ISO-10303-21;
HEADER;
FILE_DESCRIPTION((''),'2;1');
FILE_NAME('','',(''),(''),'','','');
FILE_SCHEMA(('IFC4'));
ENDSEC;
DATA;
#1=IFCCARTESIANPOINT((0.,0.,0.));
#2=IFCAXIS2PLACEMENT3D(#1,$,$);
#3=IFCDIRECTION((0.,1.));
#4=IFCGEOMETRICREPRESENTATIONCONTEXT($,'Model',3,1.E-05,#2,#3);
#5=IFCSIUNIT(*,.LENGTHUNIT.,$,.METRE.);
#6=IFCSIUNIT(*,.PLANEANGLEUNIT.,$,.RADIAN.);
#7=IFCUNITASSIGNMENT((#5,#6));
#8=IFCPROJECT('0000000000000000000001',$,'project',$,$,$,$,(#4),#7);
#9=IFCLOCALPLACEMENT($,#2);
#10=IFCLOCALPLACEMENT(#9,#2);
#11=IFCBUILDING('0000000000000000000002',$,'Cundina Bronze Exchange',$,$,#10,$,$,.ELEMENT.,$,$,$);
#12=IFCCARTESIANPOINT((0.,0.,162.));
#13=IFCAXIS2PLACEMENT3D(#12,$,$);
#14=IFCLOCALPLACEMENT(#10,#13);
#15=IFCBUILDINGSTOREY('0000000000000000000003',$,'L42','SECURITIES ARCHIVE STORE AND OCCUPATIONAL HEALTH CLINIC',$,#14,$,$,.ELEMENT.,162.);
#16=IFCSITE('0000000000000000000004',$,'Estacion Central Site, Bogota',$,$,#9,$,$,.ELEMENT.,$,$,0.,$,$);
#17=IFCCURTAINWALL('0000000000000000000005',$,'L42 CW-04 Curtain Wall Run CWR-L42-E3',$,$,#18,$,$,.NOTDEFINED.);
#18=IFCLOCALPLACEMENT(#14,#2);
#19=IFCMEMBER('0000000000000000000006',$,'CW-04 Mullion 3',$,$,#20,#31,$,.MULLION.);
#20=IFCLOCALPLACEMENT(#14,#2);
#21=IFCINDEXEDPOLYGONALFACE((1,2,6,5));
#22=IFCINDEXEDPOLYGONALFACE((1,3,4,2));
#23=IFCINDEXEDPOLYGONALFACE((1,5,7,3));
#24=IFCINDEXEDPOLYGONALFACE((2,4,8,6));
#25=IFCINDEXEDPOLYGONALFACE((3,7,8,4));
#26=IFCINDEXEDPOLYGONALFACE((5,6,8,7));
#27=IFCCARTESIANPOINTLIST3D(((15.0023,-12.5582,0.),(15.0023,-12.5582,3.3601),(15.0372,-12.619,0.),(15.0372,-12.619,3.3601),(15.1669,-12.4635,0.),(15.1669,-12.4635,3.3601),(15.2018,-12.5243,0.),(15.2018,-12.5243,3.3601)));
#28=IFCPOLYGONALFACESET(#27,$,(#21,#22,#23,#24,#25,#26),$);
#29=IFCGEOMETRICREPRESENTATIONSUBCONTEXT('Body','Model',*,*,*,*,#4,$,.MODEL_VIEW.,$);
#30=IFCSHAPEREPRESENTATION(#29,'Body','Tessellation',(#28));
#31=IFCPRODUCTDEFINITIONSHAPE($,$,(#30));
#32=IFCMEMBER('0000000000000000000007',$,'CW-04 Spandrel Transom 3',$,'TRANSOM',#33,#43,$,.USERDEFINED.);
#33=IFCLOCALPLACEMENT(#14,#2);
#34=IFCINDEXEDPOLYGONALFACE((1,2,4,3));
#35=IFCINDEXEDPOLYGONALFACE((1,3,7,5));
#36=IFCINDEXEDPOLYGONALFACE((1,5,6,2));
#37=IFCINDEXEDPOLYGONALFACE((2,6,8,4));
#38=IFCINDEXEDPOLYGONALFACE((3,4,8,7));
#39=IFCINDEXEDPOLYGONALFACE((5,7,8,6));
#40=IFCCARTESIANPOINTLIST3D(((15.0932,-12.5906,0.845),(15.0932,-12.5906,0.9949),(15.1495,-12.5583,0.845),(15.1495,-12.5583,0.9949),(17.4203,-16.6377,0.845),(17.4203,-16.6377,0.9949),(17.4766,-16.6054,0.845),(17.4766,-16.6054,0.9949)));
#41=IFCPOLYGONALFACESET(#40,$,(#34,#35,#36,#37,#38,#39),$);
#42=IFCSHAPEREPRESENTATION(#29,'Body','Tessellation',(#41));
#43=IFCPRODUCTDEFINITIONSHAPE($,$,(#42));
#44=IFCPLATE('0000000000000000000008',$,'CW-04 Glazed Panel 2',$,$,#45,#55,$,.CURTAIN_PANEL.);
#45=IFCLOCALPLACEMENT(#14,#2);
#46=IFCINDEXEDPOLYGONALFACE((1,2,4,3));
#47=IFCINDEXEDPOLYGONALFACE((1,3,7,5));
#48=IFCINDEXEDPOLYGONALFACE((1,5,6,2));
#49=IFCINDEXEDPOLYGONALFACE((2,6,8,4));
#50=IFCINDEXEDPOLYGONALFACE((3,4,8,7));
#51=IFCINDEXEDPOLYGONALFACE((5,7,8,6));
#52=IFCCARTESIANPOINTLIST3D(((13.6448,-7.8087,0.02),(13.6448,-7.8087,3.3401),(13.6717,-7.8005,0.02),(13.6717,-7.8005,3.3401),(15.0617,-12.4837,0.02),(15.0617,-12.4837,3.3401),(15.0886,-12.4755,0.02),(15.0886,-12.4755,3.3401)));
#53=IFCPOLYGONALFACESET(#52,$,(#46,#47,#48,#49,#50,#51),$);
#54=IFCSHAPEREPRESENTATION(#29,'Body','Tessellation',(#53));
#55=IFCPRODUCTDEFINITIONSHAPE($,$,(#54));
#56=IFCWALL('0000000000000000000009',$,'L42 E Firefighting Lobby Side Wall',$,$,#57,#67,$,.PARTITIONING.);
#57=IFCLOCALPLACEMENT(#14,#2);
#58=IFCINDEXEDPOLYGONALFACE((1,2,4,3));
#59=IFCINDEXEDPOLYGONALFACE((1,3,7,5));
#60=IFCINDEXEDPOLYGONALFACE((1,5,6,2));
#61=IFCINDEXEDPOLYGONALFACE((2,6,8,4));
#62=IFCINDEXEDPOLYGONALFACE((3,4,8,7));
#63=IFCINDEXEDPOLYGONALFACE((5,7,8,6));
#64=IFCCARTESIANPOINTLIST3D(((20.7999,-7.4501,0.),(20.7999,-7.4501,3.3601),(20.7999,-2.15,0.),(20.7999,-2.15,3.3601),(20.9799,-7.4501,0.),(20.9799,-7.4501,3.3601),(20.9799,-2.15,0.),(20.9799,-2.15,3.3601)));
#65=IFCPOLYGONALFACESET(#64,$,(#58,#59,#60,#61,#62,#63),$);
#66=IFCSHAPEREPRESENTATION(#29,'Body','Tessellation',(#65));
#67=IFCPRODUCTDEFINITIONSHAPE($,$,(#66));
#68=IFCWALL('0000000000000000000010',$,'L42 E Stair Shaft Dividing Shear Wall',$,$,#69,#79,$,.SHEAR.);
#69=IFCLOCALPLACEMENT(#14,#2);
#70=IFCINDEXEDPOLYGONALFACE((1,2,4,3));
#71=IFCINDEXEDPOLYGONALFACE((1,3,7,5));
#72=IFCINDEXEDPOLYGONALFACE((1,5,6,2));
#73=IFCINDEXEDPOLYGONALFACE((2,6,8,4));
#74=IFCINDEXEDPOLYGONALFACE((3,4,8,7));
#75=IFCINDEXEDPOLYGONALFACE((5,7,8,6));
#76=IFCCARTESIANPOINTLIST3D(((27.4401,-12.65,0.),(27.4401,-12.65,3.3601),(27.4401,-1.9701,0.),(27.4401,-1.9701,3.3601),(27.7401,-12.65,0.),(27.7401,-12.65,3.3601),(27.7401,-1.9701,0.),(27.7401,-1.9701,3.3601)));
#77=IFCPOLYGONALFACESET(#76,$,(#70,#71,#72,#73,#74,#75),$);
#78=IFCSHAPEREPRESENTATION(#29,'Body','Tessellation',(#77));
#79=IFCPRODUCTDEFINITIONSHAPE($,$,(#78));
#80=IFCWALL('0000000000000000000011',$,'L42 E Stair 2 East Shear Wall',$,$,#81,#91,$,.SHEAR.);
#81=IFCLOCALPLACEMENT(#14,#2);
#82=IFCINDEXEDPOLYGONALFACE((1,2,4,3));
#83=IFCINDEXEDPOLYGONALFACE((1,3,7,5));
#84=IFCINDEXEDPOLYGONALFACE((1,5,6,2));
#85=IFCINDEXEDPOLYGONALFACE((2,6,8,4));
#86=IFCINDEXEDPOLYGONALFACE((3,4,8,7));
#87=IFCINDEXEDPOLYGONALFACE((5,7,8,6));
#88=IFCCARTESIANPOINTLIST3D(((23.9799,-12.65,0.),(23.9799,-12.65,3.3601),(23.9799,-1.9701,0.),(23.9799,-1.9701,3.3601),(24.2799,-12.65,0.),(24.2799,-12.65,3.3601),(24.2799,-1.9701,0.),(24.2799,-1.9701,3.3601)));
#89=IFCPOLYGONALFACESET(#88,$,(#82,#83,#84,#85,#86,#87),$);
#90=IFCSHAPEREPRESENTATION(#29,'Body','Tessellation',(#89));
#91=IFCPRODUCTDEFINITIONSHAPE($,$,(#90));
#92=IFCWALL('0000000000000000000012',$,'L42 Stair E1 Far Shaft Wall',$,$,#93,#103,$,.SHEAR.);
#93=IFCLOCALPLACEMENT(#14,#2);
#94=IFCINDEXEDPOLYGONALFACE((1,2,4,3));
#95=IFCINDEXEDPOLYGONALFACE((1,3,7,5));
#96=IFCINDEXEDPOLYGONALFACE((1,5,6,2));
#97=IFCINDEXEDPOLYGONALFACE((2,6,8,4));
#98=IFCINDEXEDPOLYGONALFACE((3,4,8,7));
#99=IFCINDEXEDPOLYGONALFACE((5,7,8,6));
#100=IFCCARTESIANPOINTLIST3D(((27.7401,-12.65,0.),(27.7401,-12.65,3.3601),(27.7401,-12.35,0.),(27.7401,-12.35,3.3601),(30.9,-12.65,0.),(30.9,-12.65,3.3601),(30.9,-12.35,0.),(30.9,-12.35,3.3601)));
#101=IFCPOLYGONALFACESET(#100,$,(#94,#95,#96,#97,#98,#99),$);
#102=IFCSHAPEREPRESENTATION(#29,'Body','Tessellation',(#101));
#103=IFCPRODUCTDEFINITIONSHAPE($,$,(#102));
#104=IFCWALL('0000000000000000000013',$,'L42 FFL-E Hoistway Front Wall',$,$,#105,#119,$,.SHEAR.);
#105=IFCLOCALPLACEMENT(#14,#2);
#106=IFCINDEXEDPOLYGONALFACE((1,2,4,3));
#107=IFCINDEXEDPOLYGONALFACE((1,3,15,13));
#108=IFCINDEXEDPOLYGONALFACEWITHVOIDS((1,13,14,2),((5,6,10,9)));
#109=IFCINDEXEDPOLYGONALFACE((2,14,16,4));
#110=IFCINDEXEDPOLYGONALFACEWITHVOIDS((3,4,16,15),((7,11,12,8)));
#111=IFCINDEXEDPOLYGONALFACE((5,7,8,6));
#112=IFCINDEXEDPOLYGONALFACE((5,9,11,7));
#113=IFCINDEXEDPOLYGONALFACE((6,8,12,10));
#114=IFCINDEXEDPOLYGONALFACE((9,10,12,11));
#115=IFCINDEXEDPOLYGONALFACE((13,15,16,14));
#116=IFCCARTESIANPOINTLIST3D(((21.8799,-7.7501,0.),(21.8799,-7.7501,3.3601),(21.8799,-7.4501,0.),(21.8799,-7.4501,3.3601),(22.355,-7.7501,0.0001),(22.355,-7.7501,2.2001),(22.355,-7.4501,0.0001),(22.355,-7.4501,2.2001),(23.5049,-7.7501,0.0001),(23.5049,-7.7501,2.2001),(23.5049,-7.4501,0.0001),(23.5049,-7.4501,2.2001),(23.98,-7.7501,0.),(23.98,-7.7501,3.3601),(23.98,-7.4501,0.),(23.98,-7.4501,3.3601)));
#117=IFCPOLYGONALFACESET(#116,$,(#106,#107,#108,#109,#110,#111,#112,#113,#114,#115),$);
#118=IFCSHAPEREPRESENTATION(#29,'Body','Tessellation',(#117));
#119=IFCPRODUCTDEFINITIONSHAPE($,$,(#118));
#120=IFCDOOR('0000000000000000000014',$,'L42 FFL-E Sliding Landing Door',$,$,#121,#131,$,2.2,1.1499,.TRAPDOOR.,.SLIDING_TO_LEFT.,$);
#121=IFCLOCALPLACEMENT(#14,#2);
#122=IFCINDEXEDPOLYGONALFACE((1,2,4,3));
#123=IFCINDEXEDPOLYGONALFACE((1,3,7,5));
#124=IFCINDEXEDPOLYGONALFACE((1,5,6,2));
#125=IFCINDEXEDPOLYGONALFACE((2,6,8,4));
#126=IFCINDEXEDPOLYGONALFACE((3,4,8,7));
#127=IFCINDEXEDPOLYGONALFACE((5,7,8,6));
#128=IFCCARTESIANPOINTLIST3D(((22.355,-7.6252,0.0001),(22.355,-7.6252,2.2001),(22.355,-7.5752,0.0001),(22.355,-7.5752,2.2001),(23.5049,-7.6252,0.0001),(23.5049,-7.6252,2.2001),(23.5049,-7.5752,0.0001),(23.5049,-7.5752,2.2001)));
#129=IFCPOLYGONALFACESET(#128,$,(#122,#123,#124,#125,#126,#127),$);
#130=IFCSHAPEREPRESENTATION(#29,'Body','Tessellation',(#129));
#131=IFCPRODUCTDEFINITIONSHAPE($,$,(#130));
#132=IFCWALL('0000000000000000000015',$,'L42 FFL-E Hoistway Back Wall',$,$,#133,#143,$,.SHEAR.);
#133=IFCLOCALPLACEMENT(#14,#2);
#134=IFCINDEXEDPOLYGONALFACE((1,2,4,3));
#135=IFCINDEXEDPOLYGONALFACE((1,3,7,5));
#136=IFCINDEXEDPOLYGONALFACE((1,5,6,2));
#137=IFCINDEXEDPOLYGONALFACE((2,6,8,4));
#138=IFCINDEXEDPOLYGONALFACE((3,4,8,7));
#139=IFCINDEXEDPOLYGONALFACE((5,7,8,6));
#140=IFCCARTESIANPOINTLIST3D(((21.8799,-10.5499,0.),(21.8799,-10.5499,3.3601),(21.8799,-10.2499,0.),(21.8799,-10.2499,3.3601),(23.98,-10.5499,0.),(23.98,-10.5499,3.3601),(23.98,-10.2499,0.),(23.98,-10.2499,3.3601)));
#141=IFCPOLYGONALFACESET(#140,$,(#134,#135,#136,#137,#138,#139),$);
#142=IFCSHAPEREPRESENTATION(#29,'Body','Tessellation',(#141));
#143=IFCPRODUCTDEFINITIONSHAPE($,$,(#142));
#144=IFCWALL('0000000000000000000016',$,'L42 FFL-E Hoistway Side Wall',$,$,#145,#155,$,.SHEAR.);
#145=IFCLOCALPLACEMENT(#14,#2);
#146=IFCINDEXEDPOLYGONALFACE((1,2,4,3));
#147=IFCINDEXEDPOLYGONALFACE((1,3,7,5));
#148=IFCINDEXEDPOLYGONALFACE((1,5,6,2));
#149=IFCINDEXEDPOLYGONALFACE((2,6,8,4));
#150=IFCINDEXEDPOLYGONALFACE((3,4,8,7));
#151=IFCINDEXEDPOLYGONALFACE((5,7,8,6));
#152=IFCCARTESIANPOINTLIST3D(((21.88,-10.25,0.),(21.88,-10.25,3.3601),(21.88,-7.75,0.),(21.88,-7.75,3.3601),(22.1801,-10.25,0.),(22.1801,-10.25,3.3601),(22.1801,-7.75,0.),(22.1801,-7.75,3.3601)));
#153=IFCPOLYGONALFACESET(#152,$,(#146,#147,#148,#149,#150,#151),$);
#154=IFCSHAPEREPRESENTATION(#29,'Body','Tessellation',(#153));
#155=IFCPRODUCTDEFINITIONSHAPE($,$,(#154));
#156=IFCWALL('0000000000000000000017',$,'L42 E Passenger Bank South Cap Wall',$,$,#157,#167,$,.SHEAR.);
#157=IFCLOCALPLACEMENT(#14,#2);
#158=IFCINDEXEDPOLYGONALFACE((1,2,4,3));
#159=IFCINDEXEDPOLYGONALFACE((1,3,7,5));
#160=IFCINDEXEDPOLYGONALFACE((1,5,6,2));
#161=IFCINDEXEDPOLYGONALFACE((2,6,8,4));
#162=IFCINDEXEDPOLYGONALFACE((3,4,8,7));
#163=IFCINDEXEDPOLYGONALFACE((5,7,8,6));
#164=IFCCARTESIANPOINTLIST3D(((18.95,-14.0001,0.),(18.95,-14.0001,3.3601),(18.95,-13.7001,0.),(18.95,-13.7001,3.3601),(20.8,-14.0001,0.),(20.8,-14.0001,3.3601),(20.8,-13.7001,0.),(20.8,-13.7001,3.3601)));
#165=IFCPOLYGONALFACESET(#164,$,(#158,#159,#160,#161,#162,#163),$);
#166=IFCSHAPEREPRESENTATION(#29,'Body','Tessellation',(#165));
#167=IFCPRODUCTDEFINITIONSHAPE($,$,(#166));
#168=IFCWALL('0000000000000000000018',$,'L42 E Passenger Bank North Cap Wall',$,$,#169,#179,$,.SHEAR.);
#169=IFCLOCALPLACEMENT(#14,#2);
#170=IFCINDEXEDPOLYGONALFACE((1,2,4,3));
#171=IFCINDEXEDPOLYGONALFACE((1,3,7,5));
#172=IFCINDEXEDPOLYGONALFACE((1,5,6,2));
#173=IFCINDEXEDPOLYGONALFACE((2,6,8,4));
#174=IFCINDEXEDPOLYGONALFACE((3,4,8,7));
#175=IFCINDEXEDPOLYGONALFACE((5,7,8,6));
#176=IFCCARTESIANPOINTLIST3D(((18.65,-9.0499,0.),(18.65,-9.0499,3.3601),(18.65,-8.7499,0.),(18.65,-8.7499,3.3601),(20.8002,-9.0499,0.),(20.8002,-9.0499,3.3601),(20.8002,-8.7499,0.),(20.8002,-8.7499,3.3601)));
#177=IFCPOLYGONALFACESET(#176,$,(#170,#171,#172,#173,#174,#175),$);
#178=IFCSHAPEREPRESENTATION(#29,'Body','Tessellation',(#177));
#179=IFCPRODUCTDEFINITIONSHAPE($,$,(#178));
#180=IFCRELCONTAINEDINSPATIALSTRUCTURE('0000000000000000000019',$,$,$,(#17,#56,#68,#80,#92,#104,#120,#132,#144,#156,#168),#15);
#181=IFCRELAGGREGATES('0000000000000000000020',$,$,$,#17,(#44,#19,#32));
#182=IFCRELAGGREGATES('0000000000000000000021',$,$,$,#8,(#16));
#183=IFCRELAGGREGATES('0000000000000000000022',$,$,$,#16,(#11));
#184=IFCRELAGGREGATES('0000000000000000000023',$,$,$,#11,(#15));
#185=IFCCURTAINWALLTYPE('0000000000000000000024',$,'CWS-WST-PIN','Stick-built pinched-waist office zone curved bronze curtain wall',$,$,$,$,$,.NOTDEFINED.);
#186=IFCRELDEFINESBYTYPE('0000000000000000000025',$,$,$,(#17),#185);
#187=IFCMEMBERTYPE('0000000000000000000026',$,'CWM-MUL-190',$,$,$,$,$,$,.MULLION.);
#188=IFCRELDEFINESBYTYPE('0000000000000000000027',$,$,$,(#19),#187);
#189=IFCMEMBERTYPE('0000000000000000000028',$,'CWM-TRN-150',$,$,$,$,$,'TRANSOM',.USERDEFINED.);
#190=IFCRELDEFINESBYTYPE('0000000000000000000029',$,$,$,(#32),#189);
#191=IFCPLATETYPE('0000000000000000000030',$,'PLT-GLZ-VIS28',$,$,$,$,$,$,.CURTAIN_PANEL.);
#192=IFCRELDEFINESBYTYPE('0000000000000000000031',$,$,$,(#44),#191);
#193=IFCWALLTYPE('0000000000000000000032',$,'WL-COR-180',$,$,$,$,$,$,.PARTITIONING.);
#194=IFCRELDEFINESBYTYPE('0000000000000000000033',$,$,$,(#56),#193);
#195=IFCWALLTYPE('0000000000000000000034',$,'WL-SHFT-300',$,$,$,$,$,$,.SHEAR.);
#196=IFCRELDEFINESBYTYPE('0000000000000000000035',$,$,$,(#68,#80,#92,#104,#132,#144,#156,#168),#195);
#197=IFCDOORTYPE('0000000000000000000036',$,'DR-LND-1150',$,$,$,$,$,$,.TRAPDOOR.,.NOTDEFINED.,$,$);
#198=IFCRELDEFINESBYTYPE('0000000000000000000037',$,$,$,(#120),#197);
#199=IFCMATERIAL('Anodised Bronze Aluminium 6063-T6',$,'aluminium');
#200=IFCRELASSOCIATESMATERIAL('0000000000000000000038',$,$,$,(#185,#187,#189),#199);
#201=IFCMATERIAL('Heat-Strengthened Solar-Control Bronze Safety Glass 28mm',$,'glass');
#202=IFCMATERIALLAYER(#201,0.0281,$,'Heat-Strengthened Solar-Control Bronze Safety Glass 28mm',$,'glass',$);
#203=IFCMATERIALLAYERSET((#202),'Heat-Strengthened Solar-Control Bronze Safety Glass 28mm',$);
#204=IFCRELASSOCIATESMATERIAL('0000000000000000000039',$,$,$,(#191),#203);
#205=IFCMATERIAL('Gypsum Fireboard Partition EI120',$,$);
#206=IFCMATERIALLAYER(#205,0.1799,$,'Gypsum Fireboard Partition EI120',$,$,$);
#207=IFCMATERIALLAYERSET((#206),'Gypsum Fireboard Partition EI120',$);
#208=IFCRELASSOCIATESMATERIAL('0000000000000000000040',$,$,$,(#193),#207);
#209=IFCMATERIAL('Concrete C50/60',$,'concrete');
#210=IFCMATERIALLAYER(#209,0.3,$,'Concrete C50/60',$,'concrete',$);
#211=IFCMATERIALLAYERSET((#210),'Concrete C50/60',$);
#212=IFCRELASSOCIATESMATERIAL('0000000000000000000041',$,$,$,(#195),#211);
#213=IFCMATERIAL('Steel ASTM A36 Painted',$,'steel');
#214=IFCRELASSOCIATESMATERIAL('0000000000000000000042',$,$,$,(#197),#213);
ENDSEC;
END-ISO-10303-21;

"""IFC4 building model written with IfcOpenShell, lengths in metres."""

from ifc_helpers import new_model, si_unit, direction, frame, frame_2d, origin, origin_2d, place, context, subcontext, project, spatial, rectangle, extrude, material, layer, layer_set, material_profile, profile_set, type_object, element, fill, aggregate, save


model = new_model("IFC4")

# Units and contexts
model_context = context("Model", 3, precision=1e-05, world=origin(), true_north=direction((0.0, 1.0)))
body_context = subcontext(model_context, "Body", "Model", "MODEL_VIEW")
ifc_project = project(units=[si_unit("LENGTHUNIT", "METRE"), si_unit("PLANEANGLEUNIT", "RADIAN")], contexts=[model_context])

# Site, building, storey
site_placement = place(None, origin())
site = spatial("IfcSite", under=ifc_project, at=site_placement, Name="Estacion Central Site, Bogota", CompositionType="ELEMENT", RefElevation=0.0)
building_placement = place(site_placement, origin())
building = spatial("IfcBuilding", under=site, at=building_placement, Name="Cundina Bronze Exchange", CompositionType="ELEMENT")
storey_placement = place(building_placement, frame((0.0, 0.0, 162.0)))
storey = spatial("IfcBuildingStorey", under=building, at=storey_placement, Name="L42", Description="SECURITIES ARCHIVE STORE AND OCCUPATIONAL HEALTH CLINIC", CompositionType="ELEMENT", Elevation=162.0)

# Shared definitions
ifc_material_1 = material(Name="Concrete C50/60", Category="concrete")

# Curtain wall, members, plate
ifc_material_2 = material(Name="Anodised Bronze Aluminium 6063-T6", Category="aluminium")
curtain_wall_type = type_object("IfcCurtainWallType", Name="CWS-WST-PIN", Description="Stick-built pinched-waist office zone curved bronze curtain wall", PredefinedType="NOTDEFINED", material=ifc_material_2)
curtain_wall_placement = place(storey_placement, origin())
curtain_wall = element("IfcCurtainWall", 1, at=curtain_wall_placement, inside=storey, type_object=curtain_wall_type, Name="L42 CW-04 Curtain Wall Run CWR-L42-E3", PredefinedType="NOTDEFINED")
ifc_material_profile_1 = material_profile(ifc_material_2, rectangle(XDim=0.0701, YDim=0.1899, at=origin_2d()), Name="AL70X190", Category="aluminium")
ifc_profile_set_1 = profile_set([ifc_material_profile_1], Name="Anodised Bronze Aluminium 6063-T6")
member_type_1 = type_object("IfcMemberType", Name="CWM-MUL-190", PredefinedType="MULLION", material=ifc_profile_set_1)
member_1_placement = place(storey_placement, frame((15.1021, -12.5413, 0.0), z_axis=(0.0, 0.0, 1.0), x_axis=(0.498488, -0.866897, 0.0)))
member_1 = element("IfcMember", 2, at=member_1_placement, type_object=member_type_1, Name="CW-04 Mullion 3", PredefinedType="MULLION", context=body_context, shape_type="SweptSolid", body=[
    extrude(rectangle(XDim=0.0701, YDim=0.1899, at=origin_2d()), origin(), (0.0, 0.0, 1.0), 3.3601),
])
ifc_material_profile_2 = material_profile(ifc_material_2, rectangle(XDim=0.0649, YDim=0.1499, at=origin_2d()), Name="AL65X150", Category="aluminium")
ifc_profile_set_2 = profile_set([ifc_material_profile_2], Name="Anodised Bronze Aluminium 6063-T6")
member_type_2 = type_object("IfcMemberType", Name="CWM-TRN-150", ElementType="TRANSOM", PredefinedType="USERDEFINED", material=ifc_profile_set_2)
member_2_placement = place(storey_placement, frame((15.1213, -12.5745, 0.9199), z_axis=(0.49848, -0.866901, 0.0), x_axis=(0.866901, 0.49848, 0.0)))
member_2 = element("IfcMember", 3, at=member_2_placement, type_object=member_type_2, Name="CW-04 Spandrel Transom 3", ObjectType="TRANSOM", PredefinedType="USERDEFINED", context=body_context, shape_type="SweptSolid", body=[
    extrude(rectangle(XDim=0.0649, YDim=0.1499, at=origin_2d()), origin(), (0.0, 0.0, 1.0), 4.6685),
])
ifc_material_3 = material(Name="Heat-Strengthened Solar-Control Bronze Safety Glass 28mm", Category="glass")
ifc_layer_1 = layer(ifc_material_3, 0.0281, Name="Heat-Strengthened Solar-Control Bronze Safety Glass 28mm", Category="glass")
ifc_layer_set_1 = layer_set([ifc_layer_1], Name="Heat-Strengthened Solar-Control Bronze Safety Glass 28mm")
plate_type = type_object("IfcPlateType", Name="PLT-GLZ-VIS28", PredefinedType="CURTAIN_PANEL", material=ifc_layer_set_1)
plate_placement = place(storey_placement, frame((14.3667, -10.1421, 0.02), z_axis=(0.0, 0.0, 1.0), x_axis=(0.290051, -0.957011, 0.0)))
plate = element("IfcPlate", 4, at=plate_placement, type_object=plate_type, Name="CW-04 Glazed Panel 2", PredefinedType="CURTAIN_PANEL", context=body_context, shape_type="SweptSolid", body=[
    extrude(rectangle(XDim=4.885, YDim=0.0281, at=origin_2d()), origin(), (0.0, 0.0, 1.0), 3.3201),
])
aggregate(curtain_wall, [plate, member_1, member_2])

# Walls
ifc_material_4 = material(Name="Gypsum Fireboard Partition EI120")
ifc_layer_2 = layer(ifc_material_4, 0.1799, Name="Gypsum Fireboard Partition EI120")
ifc_layer_set_2 = layer_set([ifc_layer_2], Name="Gypsum Fireboard Partition EI120")
wall_type_1 = type_object("IfcWallType", Name="WL-COR-180", PredefinedType="PARTITIONING", material=ifc_layer_set_2)
wall_1_placement = place(storey_placement, frame((20.8899, -7.45, 0.0), z_axis=(0.0, 0.0, 1.0), x_axis=(0.0, 1.0, 0.0)))
element("IfcWall", 5, at=wall_1_placement, inside=storey, type_object=wall_type_1, Name="L42 E Firefighting Lobby Side Wall", PredefinedType="PARTITIONING", context=body_context, shape_type="SweptSolid", body=[
    extrude(rectangle(XDim=5.3, YDim=0.1799, at=frame_2d((2.6499, 0.0))), origin(), (0.0, 0.0, 1.0), 3.3601),
])
ifc_layer_3 = layer(ifc_material_1, 0.3, Name="Concrete C50/60", Category="concrete")
ifc_layer_set_3 = layer_set([ifc_layer_3], Name="Concrete C50/60")
wall_type_2 = type_object("IfcWallType", Name="WL-SHFT-300", PredefinedType="SHEAR", material=ifc_layer_set_3)
for number, where, z_axis, x_axis, name in (
    (6, (27.5901, -12.6499, 0.0), (0.0, 0.0, 1.0), (0.0, 1.0, 0.0), "L42 E Stair Shaft Dividing Shear Wall"),
    (7, (24.1299, -12.6499, 0.0), (0.0, 0.0, 1.0), (0.0, 1.0, 0.0), "L42 E Stair 2 East Shear Wall"),
):
    element("IfcWall", number, at=place(storey_placement, frame(where, z_axis=z_axis, x_axis=x_axis)), inside=storey, type_object=wall_type_2, Name=name, PredefinedType="SHEAR", context=body_context, shape_type="SweptSolid", body=[
        extrude(rectangle(XDim=10.6799, YDim=0.3, at=frame_2d((5.3398, 0.0))), origin(), (0.0, 0.0, 1.0), 3.3601),
    ])
wall_2_placement = place(storey_placement, frame((27.74, -12.5, 0.0), z_axis=(0.0, 0.0, 1.0), x_axis=(1.0, 0.0, 0.0)))
element("IfcWall", 8, at=wall_2_placement, inside=storey, type_object=wall_type_2, Name="L42 Stair E1 Far Shaft Wall", PredefinedType="SHEAR", context=body_context, shape_type="SweptSolid", body=[
    extrude(rectangle(XDim=3.1599, YDim=0.3, at=frame_2d((1.5801, 0.0))), origin(), (0.0, 0.0, 1.0), 3.3601),
])

# Wall, opening, door
ifc_material_5 = material(Name="Steel ASTM A36 Painted", Category="steel")
wall_3_placement = place(storey_placement, frame((21.8799, -7.6001, 0.0), z_axis=(0.0, 0.0, 1.0), x_axis=(1.0, 0.0, 0.0)))
wall_3 = element("IfcWall", 9, at=wall_3_placement, inside=storey, type_object=wall_type_2, Name="L42 FFL-E Hoistway Front Wall", PredefinedType="SHEAR", context=body_context, shape_type="SweptSolid", body=[
    extrude(rectangle(XDim=2.1001, YDim=0.3, at=frame_2d((1.05, 0.0))), origin(), (0.0, 0.0, 1.0), 3.3601),
])
opening_1_placement = place(wall_3_placement, frame((0.4751, 0.0, 0.0)))
opening_1 = element("IfcOpeningElement", 10, at=opening_1_placement, cuts=wall_3, PredefinedType="OPENING", context=body_context, shape_type="SweptSolid", body=[
    extrude(rectangle(XDim=1.1499, YDim=2.2, at=frame_2d((0.575, 1.1001))), frame((0.0, 0.1599, 0.0), z_axis=(0.0, -1.0, 0.0), x_axis=(1.0, 0.0, 0.0)), (0.0, 0.0, 1.0), 0.3201),
])
door_type_1 = type_object("IfcDoorType", Name="DR-LND-1150", OperationType="NOTDEFINED", PredefinedType="TRAPDOOR", material=ifc_material_5)
door_1_placement = place(opening_1_placement, origin())
door_1 = element("IfcDoor", 11, at=door_1_placement, inside=storey, type_object=door_type_1, Name="L42 FFL-E Sliding Landing Door", OperationType="SLIDING_TO_LEFT", OverallHeight=2.2, OverallWidth=1.1499, PredefinedType="TRAPDOOR", context=body_context, shape_type="SweptSolid", body=[
    extrude(rectangle(XDim=1.1499, YDim=2.2, at=frame_2d((0.575, 1.1001))), frame((0.0, 0.0249, 0.0), z_axis=(0.0, -1.0, 0.0), x_axis=(1.0, 0.0, 0.0)), (0.0, 0.0, 1.0), 0.05),
])
fill(opening_1, door_1)

# Walls
wall_4_placement = place(storey_placement, frame((21.8799, -10.3999, 0.0), z_axis=(0.0, 0.0, 1.0), x_axis=(1.0, 0.0, 0.0)))
element("IfcWall", 12, at=wall_4_placement, inside=storey, type_object=wall_type_2, Name="L42 FFL-E Hoistway Back Wall", PredefinedType="SHEAR", context=body_context, shape_type="SweptSolid", body=[
    extrude(rectangle(XDim=2.1001, YDim=0.3, at=frame_2d((1.05, 0.0))), origin(), (0.0, 0.0, 1.0), 3.3601),
])
wall_5_placement = place(storey_placement, frame((22.03, -10.25, 0.0), z_axis=(0.0, 0.0, 1.0), x_axis=(0.0, 1.0, 0.0)))
element("IfcWall", 13, at=wall_5_placement, inside=storey, type_object=wall_type_2, Name="L42 FFL-E Hoistway Side Wall", PredefinedType="SHEAR", context=body_context, shape_type="SweptSolid", body=[
    extrude(rectangle(XDim=2.5, YDim=0.3, at=frame_2d((1.25, 0.0))), origin(), (0.0, 0.0, 1.0), 3.3601),
])
wall_6_placement = place(storey_placement, frame((18.95, -13.8501, 0.0), z_axis=(0.0, 0.0, 1.0), x_axis=(1.0, 0.0, 0.0)))
element("IfcWall", 14, at=wall_6_placement, inside=storey, type_object=wall_type_2, Name="L42 E Passenger Bank South Cap Wall", PredefinedType="SHEAR", context=body_context, shape_type="SweptSolid", body=[
    extrude(rectangle(XDim=1.8501, YDim=0.3, at=frame_2d((0.925, 0.0))), origin(), (0.0, 0.0, 1.0), 3.3601),
])
wall_7_placement = place(storey_placement, frame((18.6499, -8.8999, 0.0), z_axis=(0.0, 0.0, 1.0), x_axis=(1.0, 0.0, 0.0)))
element("IfcWall", 15, at=wall_7_placement, inside=storey, type_object=wall_type_2, Name="L42 E Passenger Bank North Cap Wall", PredefinedType="SHEAR", context=body_context, shape_type="SweptSolid", body=[
    extrude(rectangle(XDim=2.1501, YDim=0.3, at=frame_2d((1.0752, 0.0))), origin(), (0.0, 0.0, 1.0), 3.3601),
])

save(model, "model.ifc")
